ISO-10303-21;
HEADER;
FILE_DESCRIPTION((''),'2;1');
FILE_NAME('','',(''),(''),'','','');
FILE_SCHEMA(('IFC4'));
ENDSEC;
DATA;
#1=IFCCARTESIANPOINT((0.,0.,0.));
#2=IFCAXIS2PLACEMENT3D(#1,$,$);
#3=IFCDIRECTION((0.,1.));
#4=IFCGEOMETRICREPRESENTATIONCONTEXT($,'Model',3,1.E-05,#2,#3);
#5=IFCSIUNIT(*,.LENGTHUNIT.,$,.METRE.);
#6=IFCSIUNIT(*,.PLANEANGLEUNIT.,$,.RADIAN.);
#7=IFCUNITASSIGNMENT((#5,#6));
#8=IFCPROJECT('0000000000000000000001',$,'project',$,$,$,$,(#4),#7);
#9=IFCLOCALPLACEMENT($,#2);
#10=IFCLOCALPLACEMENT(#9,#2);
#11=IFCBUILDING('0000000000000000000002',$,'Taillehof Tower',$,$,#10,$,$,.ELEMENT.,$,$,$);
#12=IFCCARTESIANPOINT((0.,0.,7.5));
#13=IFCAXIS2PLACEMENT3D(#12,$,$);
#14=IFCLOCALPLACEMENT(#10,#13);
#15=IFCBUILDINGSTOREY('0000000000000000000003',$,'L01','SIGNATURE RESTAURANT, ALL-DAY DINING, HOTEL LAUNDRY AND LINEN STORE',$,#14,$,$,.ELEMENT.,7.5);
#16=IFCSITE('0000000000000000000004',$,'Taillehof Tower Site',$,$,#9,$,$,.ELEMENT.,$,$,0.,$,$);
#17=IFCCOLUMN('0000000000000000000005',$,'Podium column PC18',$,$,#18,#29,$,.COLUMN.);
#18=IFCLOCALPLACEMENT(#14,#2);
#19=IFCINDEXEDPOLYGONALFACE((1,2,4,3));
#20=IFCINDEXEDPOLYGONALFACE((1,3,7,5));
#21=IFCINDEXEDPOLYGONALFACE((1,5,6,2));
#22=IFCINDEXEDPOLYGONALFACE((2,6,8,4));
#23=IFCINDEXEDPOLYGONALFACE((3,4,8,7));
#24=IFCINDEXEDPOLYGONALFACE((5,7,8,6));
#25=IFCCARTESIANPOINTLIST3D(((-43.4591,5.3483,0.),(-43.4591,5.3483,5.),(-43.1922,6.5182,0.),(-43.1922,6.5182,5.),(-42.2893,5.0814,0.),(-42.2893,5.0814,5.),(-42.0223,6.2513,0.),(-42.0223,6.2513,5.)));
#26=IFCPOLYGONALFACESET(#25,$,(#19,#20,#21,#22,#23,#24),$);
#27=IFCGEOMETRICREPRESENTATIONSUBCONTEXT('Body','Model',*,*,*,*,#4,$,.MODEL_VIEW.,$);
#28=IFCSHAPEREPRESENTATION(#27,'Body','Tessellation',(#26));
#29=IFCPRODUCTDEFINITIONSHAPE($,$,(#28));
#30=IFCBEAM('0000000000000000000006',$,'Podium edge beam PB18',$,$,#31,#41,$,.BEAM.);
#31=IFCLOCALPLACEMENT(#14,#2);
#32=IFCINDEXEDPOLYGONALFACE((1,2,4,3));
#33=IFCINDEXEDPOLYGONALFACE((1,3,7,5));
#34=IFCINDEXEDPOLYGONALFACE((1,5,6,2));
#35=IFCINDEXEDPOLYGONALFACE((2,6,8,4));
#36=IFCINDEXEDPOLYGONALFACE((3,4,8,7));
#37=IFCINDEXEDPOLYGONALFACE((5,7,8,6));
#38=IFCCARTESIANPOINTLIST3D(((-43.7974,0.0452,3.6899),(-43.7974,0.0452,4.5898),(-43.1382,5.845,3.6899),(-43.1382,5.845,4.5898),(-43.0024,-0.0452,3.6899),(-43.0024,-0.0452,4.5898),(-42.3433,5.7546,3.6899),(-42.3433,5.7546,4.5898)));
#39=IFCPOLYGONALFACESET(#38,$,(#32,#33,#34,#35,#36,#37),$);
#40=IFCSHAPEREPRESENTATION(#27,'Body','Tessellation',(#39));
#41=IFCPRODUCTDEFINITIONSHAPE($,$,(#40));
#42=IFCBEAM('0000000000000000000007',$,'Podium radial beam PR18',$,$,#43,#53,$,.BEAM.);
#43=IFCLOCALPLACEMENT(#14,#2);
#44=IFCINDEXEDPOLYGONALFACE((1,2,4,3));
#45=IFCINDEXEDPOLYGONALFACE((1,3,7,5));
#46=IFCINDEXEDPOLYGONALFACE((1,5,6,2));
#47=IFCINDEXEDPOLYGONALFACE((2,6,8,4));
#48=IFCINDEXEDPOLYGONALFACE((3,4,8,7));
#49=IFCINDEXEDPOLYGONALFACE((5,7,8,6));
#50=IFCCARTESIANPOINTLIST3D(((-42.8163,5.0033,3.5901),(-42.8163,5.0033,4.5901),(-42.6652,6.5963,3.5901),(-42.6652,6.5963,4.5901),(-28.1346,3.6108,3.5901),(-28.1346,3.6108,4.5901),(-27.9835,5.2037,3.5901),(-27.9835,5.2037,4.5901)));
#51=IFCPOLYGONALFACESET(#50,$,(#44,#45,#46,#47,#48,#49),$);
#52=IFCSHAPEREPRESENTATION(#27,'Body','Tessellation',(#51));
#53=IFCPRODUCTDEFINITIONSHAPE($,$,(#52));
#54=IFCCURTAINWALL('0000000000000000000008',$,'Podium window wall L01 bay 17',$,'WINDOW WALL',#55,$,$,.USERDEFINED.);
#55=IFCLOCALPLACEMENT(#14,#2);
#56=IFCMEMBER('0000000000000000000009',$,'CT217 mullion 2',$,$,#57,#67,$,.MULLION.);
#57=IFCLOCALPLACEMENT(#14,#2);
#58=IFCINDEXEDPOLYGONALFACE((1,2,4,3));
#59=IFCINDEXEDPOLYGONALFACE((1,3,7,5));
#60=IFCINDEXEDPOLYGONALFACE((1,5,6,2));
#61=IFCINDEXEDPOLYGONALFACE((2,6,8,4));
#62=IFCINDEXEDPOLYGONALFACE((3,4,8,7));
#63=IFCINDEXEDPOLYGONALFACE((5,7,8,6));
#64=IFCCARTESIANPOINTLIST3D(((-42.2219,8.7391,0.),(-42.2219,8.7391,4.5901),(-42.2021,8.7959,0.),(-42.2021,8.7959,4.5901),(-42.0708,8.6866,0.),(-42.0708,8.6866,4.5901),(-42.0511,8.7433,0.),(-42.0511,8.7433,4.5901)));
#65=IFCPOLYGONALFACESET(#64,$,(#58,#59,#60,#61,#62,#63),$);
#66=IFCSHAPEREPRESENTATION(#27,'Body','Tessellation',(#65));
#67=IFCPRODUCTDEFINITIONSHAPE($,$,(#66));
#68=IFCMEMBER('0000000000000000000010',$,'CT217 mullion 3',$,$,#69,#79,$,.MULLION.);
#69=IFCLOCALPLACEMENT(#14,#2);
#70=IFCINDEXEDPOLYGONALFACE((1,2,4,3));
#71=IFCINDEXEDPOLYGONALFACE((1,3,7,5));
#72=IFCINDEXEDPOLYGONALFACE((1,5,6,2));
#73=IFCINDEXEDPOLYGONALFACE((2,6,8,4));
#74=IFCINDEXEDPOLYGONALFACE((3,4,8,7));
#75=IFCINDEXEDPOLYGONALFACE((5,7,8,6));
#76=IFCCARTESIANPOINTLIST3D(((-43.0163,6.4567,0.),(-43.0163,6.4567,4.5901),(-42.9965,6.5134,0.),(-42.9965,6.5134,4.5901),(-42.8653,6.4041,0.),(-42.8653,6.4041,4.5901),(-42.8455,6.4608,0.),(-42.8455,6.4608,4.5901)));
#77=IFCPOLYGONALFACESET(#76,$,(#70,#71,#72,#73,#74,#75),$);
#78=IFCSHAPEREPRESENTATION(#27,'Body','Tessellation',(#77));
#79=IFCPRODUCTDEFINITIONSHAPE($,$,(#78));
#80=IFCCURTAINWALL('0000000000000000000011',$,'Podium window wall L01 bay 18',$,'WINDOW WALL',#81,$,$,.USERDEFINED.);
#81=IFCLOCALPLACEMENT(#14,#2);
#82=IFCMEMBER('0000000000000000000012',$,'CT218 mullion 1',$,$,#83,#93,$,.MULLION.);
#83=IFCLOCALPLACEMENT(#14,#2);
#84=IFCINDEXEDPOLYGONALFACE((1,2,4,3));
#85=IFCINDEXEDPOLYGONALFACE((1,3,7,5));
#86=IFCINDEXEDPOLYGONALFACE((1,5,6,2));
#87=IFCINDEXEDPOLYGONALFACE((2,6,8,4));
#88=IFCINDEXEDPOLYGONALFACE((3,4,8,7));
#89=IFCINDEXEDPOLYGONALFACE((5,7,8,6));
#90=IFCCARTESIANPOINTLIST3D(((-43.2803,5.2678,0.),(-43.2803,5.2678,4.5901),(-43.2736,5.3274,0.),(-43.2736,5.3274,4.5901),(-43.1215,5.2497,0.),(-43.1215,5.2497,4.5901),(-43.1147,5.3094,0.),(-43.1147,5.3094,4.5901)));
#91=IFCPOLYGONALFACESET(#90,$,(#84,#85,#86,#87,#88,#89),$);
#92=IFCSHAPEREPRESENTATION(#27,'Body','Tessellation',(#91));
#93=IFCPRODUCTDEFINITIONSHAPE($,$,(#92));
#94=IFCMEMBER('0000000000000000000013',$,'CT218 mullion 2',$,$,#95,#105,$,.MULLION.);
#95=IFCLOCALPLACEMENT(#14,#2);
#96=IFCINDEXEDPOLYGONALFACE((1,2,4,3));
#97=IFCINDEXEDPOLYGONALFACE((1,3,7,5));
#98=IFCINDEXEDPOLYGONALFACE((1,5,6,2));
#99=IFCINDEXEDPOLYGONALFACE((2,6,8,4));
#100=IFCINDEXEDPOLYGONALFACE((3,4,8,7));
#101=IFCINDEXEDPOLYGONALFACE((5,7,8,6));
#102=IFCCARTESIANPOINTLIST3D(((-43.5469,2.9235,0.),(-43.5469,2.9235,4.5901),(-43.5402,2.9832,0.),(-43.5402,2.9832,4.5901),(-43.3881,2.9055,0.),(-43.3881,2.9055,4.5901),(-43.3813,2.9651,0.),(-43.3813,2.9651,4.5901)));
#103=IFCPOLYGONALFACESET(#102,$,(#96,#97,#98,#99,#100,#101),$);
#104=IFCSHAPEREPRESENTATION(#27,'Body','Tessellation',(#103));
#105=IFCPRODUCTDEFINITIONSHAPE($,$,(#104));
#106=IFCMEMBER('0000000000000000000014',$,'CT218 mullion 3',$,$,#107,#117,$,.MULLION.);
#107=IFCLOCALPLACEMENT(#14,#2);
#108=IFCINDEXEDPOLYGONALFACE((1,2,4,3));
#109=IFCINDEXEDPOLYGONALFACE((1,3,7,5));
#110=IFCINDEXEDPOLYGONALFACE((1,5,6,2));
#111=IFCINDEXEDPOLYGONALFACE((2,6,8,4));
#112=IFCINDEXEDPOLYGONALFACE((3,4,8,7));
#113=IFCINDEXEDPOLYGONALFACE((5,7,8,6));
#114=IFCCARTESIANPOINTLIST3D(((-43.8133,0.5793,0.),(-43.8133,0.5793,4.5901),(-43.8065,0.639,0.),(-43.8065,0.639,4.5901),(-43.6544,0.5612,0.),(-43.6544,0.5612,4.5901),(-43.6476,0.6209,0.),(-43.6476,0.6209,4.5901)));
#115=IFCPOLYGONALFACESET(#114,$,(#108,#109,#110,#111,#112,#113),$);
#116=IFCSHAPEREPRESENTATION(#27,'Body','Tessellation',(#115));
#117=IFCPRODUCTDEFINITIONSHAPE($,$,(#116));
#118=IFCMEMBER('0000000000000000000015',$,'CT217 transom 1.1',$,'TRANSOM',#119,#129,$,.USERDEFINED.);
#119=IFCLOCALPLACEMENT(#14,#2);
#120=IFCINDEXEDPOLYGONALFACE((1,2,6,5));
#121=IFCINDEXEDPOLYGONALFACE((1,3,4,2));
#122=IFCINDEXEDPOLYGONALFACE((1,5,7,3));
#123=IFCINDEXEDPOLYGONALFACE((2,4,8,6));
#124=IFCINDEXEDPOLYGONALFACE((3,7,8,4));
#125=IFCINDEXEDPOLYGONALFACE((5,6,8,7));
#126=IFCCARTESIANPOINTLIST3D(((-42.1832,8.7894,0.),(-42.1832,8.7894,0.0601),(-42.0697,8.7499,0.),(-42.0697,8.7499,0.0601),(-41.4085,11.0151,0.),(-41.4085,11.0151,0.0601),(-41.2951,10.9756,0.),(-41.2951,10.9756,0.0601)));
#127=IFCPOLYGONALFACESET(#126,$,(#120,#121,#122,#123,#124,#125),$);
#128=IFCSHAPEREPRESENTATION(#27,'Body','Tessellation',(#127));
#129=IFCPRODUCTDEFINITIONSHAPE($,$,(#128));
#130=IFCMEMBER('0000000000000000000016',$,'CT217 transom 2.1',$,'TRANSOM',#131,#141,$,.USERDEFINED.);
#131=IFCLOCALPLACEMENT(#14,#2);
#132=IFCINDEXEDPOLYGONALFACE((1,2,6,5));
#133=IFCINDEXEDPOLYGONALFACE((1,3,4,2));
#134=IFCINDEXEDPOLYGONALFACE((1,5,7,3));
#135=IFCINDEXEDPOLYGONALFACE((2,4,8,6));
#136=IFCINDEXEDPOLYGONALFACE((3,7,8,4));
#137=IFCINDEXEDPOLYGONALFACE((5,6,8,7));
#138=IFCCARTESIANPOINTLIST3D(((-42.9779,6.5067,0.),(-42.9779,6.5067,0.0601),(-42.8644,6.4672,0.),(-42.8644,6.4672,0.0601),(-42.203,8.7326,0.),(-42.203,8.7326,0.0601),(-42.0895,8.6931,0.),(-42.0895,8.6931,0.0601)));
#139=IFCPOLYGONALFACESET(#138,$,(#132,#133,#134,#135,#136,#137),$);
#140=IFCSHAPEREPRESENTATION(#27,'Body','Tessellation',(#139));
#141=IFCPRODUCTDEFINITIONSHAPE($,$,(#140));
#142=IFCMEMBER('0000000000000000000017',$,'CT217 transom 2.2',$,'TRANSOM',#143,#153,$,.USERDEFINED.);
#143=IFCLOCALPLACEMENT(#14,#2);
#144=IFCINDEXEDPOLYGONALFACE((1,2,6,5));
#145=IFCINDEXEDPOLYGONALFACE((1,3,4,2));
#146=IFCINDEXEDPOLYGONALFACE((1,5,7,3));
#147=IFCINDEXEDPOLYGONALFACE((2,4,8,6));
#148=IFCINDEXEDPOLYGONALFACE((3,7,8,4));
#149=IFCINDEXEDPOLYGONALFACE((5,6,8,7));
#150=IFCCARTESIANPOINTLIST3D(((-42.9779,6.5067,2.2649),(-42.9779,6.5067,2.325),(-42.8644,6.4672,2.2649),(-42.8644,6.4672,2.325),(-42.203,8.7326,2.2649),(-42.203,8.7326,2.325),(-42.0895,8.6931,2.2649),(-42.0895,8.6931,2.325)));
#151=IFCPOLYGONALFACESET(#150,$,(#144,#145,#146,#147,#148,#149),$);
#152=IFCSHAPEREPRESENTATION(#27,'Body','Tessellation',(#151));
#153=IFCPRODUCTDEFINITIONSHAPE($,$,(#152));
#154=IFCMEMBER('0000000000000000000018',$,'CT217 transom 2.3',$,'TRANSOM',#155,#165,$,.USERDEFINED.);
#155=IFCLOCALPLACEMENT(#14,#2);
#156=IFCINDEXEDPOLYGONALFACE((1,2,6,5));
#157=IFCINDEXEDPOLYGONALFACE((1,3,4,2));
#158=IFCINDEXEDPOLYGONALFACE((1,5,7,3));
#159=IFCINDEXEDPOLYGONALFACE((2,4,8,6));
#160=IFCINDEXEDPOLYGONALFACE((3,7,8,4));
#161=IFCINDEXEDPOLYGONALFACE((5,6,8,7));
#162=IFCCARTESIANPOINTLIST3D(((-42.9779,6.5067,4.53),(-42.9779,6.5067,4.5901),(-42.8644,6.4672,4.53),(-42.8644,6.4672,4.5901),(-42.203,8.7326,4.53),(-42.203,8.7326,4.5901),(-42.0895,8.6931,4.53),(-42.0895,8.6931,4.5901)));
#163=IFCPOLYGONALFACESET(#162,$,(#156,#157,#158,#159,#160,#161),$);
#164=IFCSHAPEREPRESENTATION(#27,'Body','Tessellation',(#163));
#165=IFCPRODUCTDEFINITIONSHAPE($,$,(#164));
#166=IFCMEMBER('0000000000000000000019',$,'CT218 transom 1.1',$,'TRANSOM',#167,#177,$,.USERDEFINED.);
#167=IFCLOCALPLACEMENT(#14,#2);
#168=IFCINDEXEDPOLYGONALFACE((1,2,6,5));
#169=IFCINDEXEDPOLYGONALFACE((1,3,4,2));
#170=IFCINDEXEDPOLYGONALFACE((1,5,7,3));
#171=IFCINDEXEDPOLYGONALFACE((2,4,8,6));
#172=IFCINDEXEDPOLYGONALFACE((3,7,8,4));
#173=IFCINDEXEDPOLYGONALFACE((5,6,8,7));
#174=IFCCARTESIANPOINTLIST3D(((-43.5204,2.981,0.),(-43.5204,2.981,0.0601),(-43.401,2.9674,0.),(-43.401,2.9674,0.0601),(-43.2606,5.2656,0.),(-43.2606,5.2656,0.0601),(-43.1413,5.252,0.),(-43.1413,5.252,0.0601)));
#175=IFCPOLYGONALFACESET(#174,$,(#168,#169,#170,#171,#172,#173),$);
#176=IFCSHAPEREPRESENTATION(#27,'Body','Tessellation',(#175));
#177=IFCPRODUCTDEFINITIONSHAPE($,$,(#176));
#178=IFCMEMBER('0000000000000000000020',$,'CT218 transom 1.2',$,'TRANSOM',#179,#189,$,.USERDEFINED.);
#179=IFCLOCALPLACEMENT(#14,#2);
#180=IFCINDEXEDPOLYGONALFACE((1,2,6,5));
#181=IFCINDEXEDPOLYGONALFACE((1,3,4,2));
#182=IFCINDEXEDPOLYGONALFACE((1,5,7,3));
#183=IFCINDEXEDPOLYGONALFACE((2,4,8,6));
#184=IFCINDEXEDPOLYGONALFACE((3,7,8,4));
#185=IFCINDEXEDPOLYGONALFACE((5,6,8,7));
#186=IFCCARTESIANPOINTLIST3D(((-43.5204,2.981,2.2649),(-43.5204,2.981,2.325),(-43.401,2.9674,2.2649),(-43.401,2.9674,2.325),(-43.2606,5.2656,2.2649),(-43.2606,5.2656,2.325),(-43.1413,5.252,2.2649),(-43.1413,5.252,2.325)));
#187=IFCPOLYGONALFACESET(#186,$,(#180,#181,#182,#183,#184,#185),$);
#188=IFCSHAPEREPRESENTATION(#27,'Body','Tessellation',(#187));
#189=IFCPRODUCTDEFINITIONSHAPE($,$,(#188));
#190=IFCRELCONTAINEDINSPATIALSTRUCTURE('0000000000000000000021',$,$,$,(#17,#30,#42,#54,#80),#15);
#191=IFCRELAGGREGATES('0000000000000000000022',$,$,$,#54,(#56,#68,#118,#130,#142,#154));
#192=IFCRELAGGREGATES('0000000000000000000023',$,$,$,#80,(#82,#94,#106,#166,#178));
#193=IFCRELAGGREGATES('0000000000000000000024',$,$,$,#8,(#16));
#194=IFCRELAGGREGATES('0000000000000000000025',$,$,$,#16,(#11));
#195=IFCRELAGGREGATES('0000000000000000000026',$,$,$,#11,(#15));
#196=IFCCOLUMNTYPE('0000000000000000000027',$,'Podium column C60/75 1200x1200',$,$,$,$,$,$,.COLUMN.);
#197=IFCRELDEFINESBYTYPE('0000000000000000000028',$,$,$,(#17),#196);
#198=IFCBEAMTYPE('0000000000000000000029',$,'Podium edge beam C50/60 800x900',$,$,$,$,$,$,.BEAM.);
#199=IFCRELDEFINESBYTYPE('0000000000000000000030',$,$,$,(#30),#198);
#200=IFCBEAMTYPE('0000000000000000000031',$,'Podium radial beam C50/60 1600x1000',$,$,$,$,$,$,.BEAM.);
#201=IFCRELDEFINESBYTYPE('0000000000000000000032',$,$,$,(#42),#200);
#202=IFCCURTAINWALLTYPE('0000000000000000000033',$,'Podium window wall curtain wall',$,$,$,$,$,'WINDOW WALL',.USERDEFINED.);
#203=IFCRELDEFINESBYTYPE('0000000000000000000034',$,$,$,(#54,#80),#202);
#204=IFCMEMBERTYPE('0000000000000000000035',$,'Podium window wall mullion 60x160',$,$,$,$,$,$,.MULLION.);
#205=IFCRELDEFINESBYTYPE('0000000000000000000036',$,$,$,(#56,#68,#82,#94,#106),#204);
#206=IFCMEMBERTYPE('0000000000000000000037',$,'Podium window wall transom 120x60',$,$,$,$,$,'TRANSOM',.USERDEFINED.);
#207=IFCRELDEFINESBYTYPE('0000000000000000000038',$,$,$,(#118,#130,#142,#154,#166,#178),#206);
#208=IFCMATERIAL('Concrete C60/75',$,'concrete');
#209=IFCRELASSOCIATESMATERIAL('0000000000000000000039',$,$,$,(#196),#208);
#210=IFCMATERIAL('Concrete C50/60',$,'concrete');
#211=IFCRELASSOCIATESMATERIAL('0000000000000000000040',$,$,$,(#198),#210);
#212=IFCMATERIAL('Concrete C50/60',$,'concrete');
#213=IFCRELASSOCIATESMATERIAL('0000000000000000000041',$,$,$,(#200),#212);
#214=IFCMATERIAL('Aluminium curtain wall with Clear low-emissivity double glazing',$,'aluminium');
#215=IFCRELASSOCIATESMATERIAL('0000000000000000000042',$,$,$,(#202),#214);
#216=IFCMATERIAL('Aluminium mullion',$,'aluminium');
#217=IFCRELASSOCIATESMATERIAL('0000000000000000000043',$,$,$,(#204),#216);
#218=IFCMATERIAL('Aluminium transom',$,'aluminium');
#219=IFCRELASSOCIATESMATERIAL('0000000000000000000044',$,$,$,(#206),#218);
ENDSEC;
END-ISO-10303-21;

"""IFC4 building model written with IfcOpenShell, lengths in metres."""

from ifc_helpers import new_model, si_unit, direction, frame, origin, origin_2d, place, context, subcontext, project, spatial, rectangle, extrude, material, material_profile, profile_set, type_object, element, aggregate, save


model = new_model("IFC4")

# Units and contexts
model_context = context("Model", 3, precision=1e-05, world=origin(), true_north=direction((0.0, 1.0)))
body_context = subcontext(model_context, "Body", "Model", "MODEL_VIEW")
ifc_project = project(units=[si_unit("LENGTHUNIT", "METRE"), si_unit("PLANEANGLEUNIT", "RADIAN")], contexts=[model_context])

# Site, building, storey
site_placement = place(None, origin())
site = spatial("IfcSite", under=ifc_project, at=site_placement, Name="Taillehof Tower Site", CompositionType="ELEMENT", RefElevation=0.0)
building_placement = place(site_placement, origin())
building = spatial("IfcBuilding", under=site, at=building_placement, Name="Taillehof Tower", CompositionType="ELEMENT")
storey_placement = place(building_placement, frame((0.0, 0.0, 7.5)))
storey = spatial("IfcBuildingStorey", under=building, at=storey_placement, Name="L01", Description="SIGNATURE RESTAURANT, ALL-DAY DINING, HOTEL LAUNDRY AND LINEN STORE", CompositionType="ELEMENT", Elevation=7.5)

# Column
ifc_material_1 = material(Name="Concrete C60/75", Category="concrete")
ifc_material_profile_1 = material_profile(ifc_material_1, rectangle(XDim=1.2, YDim=1.2, at=origin_2d()), Name="RC 1200x1200")
ifc_profile_set_1 = profile_set([ifc_material_profile_1], Name="Concrete C60/75")
column_type = type_object("IfcColumnType", Name="Podium column C60/75 1200x1200", PredefinedType="COLUMN", material=ifc_profile_set_1)
column_placement = place(storey_placement, frame((-42.7407, 5.7998, 0.0), z_axis=(0.0, 0.0, 1.0), x_axis=(-0.97494, 0.222469, 0.0)))
element("IfcColumn", 1, at=column_placement, inside=storey, type_object=column_type, Name="Podium column PC18", PredefinedType="COLUMN", context=body_context, shape_type="SweptSolid", body=[
    extrude(rectangle(XDim=1.2, YDim=1.2, at=origin_2d()), origin(), (0.0, 0.0, 1.0), 5.0),
])

# Beams
ifc_material_2 = material(Name="Concrete C50/60", Category="concrete")
ifc_material_profile_2 = material_profile(ifc_material_2, rectangle(XDim=0.8, YDim=0.8999, at=origin_2d()), Name="RC 800x900")
ifc_profile_set_2 = profile_set([ifc_material_profile_2], Name="Concrete C50/60")
beam_type_1 = type_object("IfcBeamType", Name="Podium edge beam C50/60 800x900", PredefinedType="BEAM", material=ifc_profile_set_2)
beam_1_placement = place(storey_placement, frame((-42.7407, 5.7998, 4.1399), z_axis=(-0.112928, -0.993603, 0.0), x_axis=(0.993603, -0.112928, 0.0)))
element("IfcBeam", 2, at=beam_1_placement, inside=storey, type_object=beam_type_1, Name="Podium edge beam PB18", PredefinedType="BEAM", context=body_context, shape_type="SweptSolid", body=[
    extrude(rectangle(XDim=0.8, YDim=0.8999, at=origin_2d()), origin(), (0.0, 0.0, 1.0), 5.8372),
])
ifc_material_3 = material(Name="Concrete C50/60", Category="concrete")
ifc_material_profile_3 = material_profile(ifc_material_3, rectangle(XDim=1.6001, YDim=1.0, at=origin_2d()), Name="RC 1600x1000")
ifc_profile_set_3 = profile_set([ifc_material_profile_3], Name="Concrete C50/60")
beam_type_2 = type_object("IfcBeamType", Name="Podium radial beam C50/60 1600x1000", PredefinedType="BEAM", material=ifc_profile_set_3)
beam_2_placement = place(storey_placement, frame((-42.7407, 5.7998, 4.0901), z_axis=(0.995532, -0.094428, 0.0), x_axis=(0.094428, 0.995532, 0.0)))
element("IfcBeam", 3, at=beam_2_placement, inside=storey, type_object=beam_type_2, Name="Podium radial beam PR18", PredefinedType="BEAM", context=body_context, shape_type="SweptSolid", body=[
    extrude(rectangle(XDim=1.6001, YDim=1.0, at=origin_2d()), origin(), (0.0, 0.0, 1.0), 14.7476),
])

# Curtain walls, members
ifc_material_4 = material(Name="Aluminium curtain wall with Clear low-emissivity double glazing", Category="aluminium")
curtain_wall_type = type_object("IfcCurtainWallType", Name="Podium window wall curtain wall", ElementType="WINDOW WALL", PredefinedType="USERDEFINED", material=ifc_material_4)
curtain_wall_1_placement = place(storey_placement, origin())
curtain_wall_1 = element("IfcCurtainWall", 4, at=curtain_wall_1_placement, inside=storey, type_object=curtain_wall_type, Name="Podium window wall L01 bay 17", ObjectType="WINDOW WALL", PredefinedType="USERDEFINED")
ifc_material_5 = material(Name="Aluminium mullion", Category="aluminium")
ifc_material_profile_4 = material_profile(ifc_material_5, rectangle(XDim=0.1599, YDim=0.0601, at=origin_2d()), Name="AL 60x160")
ifc_profile_set_4 = profile_set([ifc_material_profile_4], Name="Aluminium mullion")
member_type_1 = type_object("IfcMemberType", Name="Podium window wall mullion 60x160", PredefinedType="MULLION", material=ifc_profile_set_4)
member_1_placement = place(storey_placement, frame((-42.1365, 8.7412, 0.0), z_axis=(0.0, 0.0, 1.0), x_axis=(0.944414, -0.328758, 0.0)))
member_1 = element("IfcMember", 5, at=member_1_placement, type_object=member_type_1, Name="CT217 mullion 2", PredefinedType="MULLION", context=body_context, shape_type="SweptSolid", body=[
    extrude(rectangle(XDim=0.1599, YDim=0.0601, at=origin_2d()), origin(), (0.0, 0.0, 1.0), 4.5901),
])
member_2_placement = place(storey_placement, frame((-42.9309, 6.4587, 0.0), z_axis=(0.0, 0.0, 1.0), x_axis=(0.944414, -0.328758, 0.0)))
member_2 = element("IfcMember", 6, at=member_2_placement, type_object=member_type_1, Name="CT217 mullion 3", PredefinedType="MULLION", context=body_context, shape_type="SweptSolid", body=[
    extrude(rectangle(XDim=0.1599, YDim=0.0601, at=origin_2d()), origin(), (0.0, 0.0, 1.0), 4.5901),
])
curtain_wall_2_placement = place(storey_placement, origin())
curtain_wall_2 = element("IfcCurtainWall", 7, at=curtain_wall_2_placement, inside=storey, type_object=curtain_wall_type, Name="Podium window wall L01 bay 18", ObjectType="WINDOW WALL", PredefinedType="USERDEFINED")
member_3_placement = place(storey_placement, frame((-43.1975, 5.2886, 0.0), z_axis=(0.0, 0.0, 1.0), x_axis=(0.993603, -0.112932, 0.0)))
member_3 = element("IfcMember", 8, at=member_3_placement, type_object=member_type_1, Name="CT218 mullion 1", PredefinedType="MULLION", context=body_context, shape_type="SweptSolid", body=[
    extrude(rectangle(XDim=0.1599, YDim=0.0601, at=origin_2d()), origin(), (0.0, 0.0, 1.0), 4.5901),
])
member_4_placement = place(storey_placement, frame((-43.4641, 2.9443, 0.0), z_axis=(0.0, 0.0, 1.0), x_axis=(0.993603, -0.112932, 0.0)))
member_4 = element("IfcMember", 9, at=member_4_placement, type_object=member_type_1, Name="CT218 mullion 2", PredefinedType="MULLION", context=body_context, shape_type="SweptSolid", body=[
    extrude(rectangle(XDim=0.1599, YDim=0.0601, at=origin_2d()), origin(), (0.0, 0.0, 1.0), 4.5901),
])
member_5_placement = place(storey_placement, frame((-43.7305, 0.6001, 0.0), z_axis=(0.0, 0.0, 1.0), x_axis=(0.993603, -0.112932, 0.0)))
member_5 = element("IfcMember", 10, at=member_5_placement, type_object=member_type_1, Name="CT218 mullion 3", PredefinedType="MULLION", context=body_context, shape_type="SweptSolid", body=[
    extrude(rectangle(XDim=0.1599, YDim=0.0601, at=origin_2d()), origin(), (0.0, 0.0, 1.0), 4.5901),
])

# Members
ifc_material_6 = material(Name="Aluminium transom", Category="aluminium")
ifc_material_profile_5 = material_profile(ifc_material_6, rectangle(XDim=0.1201, YDim=0.0601, at=origin_2d()), Name="AL 120x60")
ifc_profile_set_5 = profile_set([ifc_material_profile_5], Name="Aluminium transom")
member_type_2 = type_object("IfcMemberType", Name="Podium window wall transom 120x60", ElementType="TRANSOM", PredefinedType="USERDEFINED", material=ifc_profile_set_5)
member_6_placement = place(storey_placement, frame((-41.3518, 10.9954, 0.03), z_axis=(-0.328693, -0.944437, 0.0), x_axis=(0.944437, -0.328693, 0.0)))
member_6 = element("IfcMember", 11, at=member_6_placement, type_object=member_type_2, Name="CT217 transom 1.1", ObjectType="TRANSOM", PredefinedType="USERDEFINED", context=body_context, shape_type="SweptSolid", body=[
    extrude(rectangle(XDim=0.1201, YDim=0.0601, at=origin_2d()), origin(), (0.0, 0.0, 1.0), 2.3567),
])
member_7_placement = place(storey_placement, frame((-42.1462, 8.7129, 0.03), z_axis=(-0.328786, -0.944405, 0.0), x_axis=(0.944405, -0.328786, 0.0)))
member_7 = element("IfcMember", 12, at=member_7_placement, type_object=member_type_2, Name="CT217 transom 2.1", ObjectType="TRANSOM", PredefinedType="USERDEFINED", context=body_context, shape_type="SweptSolid", body=[
    extrude(rectangle(XDim=0.1201, YDim=0.0601, at=origin_2d()), origin(), (0.0, 0.0, 1.0), 2.3569),
])
member_8_placement = place(storey_placement, frame((-42.1462, 8.7129, 2.2949), z_axis=(-0.328786, -0.944405, 0.0), x_axis=(0.944405, -0.328786, 0.0)))
member_8 = element("IfcMember", 13, at=member_8_placement, type_object=member_type_2, Name="CT217 transom 2.2", ObjectType="TRANSOM", PredefinedType="USERDEFINED", context=body_context, shape_type="SweptSolid", body=[
    extrude(rectangle(XDim=0.1201, YDim=0.0601, at=origin_2d()), origin(), (0.0, 0.0, 1.0), 2.3569),
])
member_9_placement = place(storey_placement, frame((-42.1462, 8.7129, 4.5601), z_axis=(-0.328786, -0.944405, 0.0), x_axis=(0.944405, -0.328786, 0.0)))
member_9 = element("IfcMember", 14, at=member_9_placement, type_object=member_type_2, Name="CT217 transom 2.3", ObjectType="TRANSOM", PredefinedType="USERDEFINED", context=body_context, shape_type="SweptSolid", body=[
    extrude(rectangle(XDim=0.1201, YDim=0.0601, at=origin_2d()), origin(), (0.0, 0.0, 1.0), 2.3569),
])
member_10_placement = place(storey_placement, frame((-43.2009, 5.2588, 0.03), z_axis=(-0.112972, -0.993598, 0.0), x_axis=(0.993598, -0.112972, 0.0)))
member_10 = element("IfcMember", 15, at=member_10_placement, type_object=member_type_2, Name="CT218 transom 1.1", ObjectType="TRANSOM", PredefinedType="USERDEFINED", context=body_context, shape_type="SweptSolid", body=[
    extrude(rectangle(XDim=0.1201, YDim=0.0601, at=origin_2d()), origin(), (0.0, 0.0, 1.0), 2.2993),
])
member_11_placement = place(storey_placement, frame((-43.2009, 5.2588, 2.2949), z_axis=(-0.112972, -0.993598, 0.0), x_axis=(0.993598, -0.112972, 0.0)))
member_11 = element("IfcMember", 16, at=member_11_placement, type_object=member_type_2, Name="CT218 transom 1.2", ObjectType="TRANSOM", PredefinedType="USERDEFINED", context=body_context, shape_type="SweptSolid", body=[
    extrude(rectangle(XDim=0.1201, YDim=0.0601, at=origin_2d()), origin(), (0.0, 0.0, 1.0), 2.2993),
])

aggregate(curtain_wall_1, [member_1, member_2, member_6, member_7, member_8, member_9])
aggregate(curtain_wall_2, [member_3, member_4, member_5, member_10, member_11])

save(model, "model.ifc")
